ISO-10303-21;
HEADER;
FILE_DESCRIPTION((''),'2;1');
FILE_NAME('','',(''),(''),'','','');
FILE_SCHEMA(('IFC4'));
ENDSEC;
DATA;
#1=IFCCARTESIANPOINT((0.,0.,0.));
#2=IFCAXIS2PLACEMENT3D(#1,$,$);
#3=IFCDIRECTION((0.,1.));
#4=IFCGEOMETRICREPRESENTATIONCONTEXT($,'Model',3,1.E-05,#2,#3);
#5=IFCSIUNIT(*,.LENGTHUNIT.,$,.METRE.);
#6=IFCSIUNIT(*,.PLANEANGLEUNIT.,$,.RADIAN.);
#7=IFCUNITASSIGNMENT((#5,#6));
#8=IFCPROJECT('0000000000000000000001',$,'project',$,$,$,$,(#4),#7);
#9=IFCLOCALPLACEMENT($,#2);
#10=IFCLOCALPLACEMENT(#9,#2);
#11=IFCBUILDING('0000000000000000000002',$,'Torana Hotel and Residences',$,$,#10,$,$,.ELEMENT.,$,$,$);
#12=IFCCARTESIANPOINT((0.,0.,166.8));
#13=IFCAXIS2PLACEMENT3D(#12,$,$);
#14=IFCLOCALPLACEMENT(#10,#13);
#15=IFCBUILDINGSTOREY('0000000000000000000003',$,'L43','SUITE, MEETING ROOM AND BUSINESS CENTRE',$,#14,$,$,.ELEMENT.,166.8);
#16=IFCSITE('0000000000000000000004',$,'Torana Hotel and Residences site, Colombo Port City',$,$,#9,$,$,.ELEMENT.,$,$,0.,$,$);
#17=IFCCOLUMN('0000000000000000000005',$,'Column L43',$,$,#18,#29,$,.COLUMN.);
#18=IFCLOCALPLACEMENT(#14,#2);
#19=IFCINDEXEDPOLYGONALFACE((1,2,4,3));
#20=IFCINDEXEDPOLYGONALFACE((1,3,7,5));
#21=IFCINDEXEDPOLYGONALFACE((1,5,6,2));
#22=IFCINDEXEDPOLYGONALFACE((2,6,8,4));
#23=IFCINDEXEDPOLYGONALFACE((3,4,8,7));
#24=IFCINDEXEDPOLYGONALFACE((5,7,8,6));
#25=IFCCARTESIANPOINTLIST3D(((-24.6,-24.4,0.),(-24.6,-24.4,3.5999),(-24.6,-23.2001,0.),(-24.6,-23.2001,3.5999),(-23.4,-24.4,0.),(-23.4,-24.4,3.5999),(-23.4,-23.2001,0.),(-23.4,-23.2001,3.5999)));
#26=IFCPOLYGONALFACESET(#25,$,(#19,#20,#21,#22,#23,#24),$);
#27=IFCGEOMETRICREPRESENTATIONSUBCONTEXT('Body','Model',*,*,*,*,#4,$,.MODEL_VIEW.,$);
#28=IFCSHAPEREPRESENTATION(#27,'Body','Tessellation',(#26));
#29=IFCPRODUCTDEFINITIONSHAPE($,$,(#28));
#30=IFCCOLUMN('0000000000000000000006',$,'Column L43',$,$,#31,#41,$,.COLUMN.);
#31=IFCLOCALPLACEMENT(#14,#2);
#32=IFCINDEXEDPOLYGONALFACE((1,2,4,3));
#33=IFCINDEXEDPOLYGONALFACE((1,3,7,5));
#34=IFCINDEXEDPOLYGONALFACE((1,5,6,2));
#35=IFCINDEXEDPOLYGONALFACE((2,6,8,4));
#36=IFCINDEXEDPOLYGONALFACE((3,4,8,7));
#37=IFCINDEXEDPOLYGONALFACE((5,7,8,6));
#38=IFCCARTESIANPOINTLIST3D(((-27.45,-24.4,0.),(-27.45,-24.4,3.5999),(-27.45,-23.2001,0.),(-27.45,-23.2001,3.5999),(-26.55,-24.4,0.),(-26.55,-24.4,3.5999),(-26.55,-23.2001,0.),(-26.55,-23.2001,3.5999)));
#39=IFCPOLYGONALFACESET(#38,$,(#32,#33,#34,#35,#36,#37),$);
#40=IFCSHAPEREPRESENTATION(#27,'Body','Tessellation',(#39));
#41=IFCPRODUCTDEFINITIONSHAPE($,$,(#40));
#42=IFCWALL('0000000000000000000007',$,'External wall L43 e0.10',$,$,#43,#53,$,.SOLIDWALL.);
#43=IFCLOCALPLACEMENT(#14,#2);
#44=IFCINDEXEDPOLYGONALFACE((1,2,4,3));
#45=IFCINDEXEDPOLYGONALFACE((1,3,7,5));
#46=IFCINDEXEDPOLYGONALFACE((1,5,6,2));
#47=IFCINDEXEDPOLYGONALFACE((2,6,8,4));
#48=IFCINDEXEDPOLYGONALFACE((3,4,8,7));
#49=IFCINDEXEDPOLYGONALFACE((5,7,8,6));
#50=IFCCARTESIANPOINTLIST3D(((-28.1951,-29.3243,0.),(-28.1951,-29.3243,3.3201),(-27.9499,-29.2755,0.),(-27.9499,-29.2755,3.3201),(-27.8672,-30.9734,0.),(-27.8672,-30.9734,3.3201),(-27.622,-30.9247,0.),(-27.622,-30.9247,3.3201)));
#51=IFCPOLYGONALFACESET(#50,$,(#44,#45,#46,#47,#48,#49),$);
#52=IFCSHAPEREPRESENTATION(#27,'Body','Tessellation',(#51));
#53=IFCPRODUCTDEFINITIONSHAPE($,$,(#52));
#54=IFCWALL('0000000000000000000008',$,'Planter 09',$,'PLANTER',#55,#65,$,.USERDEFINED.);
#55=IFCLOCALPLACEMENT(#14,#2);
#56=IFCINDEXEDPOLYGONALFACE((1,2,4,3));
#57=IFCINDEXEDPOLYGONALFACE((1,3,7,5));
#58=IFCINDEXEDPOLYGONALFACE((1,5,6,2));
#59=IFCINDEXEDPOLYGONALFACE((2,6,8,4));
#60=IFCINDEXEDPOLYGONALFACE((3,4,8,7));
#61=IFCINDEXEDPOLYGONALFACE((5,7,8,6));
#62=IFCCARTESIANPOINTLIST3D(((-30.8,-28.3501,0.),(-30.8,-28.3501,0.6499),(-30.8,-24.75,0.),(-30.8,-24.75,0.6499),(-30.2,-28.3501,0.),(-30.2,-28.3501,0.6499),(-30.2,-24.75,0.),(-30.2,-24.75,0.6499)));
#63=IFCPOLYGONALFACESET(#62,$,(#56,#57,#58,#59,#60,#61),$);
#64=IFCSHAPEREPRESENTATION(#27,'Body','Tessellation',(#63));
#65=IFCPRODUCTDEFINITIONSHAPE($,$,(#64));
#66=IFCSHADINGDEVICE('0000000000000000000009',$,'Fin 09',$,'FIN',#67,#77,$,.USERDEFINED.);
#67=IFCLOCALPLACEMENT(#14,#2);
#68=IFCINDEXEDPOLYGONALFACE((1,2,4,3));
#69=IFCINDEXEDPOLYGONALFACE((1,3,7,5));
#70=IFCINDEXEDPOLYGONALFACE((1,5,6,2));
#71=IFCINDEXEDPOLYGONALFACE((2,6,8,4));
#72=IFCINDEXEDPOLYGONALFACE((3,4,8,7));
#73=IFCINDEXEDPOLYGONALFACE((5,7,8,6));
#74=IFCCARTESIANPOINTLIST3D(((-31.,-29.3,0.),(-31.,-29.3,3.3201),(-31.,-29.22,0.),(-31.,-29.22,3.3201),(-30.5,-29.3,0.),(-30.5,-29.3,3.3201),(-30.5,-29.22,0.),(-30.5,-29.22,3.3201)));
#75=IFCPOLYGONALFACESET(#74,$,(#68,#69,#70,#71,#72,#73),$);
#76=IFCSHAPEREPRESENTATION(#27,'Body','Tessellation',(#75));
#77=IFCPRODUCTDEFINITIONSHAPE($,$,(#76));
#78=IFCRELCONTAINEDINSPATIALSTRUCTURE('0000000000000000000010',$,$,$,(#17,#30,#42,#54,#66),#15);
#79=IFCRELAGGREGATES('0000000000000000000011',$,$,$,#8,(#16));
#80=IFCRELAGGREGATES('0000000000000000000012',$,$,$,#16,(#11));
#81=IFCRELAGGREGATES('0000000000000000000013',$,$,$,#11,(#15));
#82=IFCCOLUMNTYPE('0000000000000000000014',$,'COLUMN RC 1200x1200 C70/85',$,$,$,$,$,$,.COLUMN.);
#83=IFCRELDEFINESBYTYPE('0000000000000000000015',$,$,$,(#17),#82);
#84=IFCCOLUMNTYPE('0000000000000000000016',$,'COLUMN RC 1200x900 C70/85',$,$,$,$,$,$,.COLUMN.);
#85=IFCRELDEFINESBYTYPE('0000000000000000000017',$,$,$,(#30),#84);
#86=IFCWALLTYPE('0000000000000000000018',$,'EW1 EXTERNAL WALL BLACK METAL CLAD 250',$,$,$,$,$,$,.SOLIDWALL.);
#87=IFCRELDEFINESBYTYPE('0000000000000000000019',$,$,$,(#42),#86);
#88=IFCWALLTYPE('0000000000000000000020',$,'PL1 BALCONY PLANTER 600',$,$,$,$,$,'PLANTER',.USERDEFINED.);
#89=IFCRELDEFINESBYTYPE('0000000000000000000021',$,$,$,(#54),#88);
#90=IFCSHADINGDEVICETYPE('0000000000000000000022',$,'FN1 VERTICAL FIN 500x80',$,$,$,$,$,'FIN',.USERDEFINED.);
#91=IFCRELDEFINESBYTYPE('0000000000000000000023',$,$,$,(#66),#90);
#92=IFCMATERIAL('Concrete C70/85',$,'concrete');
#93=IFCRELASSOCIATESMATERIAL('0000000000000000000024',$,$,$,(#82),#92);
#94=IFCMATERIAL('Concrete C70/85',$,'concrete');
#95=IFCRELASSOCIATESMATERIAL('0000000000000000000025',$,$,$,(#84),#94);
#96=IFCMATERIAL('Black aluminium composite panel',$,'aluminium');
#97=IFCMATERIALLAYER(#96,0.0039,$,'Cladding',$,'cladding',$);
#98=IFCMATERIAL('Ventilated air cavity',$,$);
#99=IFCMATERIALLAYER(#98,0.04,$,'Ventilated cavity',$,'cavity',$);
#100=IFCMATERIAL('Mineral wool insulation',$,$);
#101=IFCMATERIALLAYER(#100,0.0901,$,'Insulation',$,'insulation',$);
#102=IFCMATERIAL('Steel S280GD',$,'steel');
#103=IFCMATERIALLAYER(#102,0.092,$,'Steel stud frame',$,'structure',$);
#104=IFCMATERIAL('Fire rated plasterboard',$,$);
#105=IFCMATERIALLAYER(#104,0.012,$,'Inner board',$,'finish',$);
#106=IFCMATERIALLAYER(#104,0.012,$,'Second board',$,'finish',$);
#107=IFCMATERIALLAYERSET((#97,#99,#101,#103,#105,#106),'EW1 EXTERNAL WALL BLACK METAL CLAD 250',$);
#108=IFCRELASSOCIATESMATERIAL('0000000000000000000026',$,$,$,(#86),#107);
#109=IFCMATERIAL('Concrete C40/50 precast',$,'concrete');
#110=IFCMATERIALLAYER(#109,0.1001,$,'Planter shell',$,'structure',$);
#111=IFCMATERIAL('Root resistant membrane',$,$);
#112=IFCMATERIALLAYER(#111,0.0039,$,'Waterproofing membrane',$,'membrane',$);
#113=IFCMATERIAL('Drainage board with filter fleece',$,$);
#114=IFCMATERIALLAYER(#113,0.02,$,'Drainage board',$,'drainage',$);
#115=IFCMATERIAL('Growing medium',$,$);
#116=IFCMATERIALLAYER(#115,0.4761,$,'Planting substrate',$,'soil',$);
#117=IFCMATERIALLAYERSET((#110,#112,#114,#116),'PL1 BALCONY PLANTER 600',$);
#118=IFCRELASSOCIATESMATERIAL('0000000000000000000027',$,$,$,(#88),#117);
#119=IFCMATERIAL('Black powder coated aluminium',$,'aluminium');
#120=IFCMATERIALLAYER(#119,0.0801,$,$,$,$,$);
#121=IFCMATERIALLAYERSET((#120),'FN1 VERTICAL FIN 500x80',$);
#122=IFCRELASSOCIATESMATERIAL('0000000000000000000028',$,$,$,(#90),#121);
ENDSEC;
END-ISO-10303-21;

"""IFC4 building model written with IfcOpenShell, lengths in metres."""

from ifc_helpers import new_model, si_unit, direction, frame, frame_2d, origin, origin_2d, place, context, subcontext, project, spatial, rectangle, extrude, material, layer, layer_set, material_profile, profile_set, type_object, element, save


model = new_model("IFC4")

# Units and contexts
model_context = context("Model", 3, precision=1e-05, world=origin(), true_north=direction((0.0, 1.0)))
body_context = subcontext(model_context, "Body", "Model", "MODEL_VIEW")
ifc_project = project(units=[si_unit("LENGTHUNIT", "METRE"), si_unit("PLANEANGLEUNIT", "RADIAN")], contexts=[model_context])

# Site, building, storey
site_placement = place(None, origin())
site = spatial("IfcSite", under=ifc_project, at=site_placement, Name="Torana Hotel and Residences site, Colombo Port City", CompositionType="ELEMENT", RefElevation=0.0)
building_placement = place(site_placement, origin())
building = spatial("IfcBuilding", under=site, at=building_placement, Name="Torana Hotel and Residences", CompositionType="ELEMENT")
storey_placement = place(building_placement, frame((0.0, 0.0, 166.8)))
storey = spatial("IfcBuildingStorey", under=building, at=storey_placement, Name="L43", Description="SUITE, MEETING ROOM AND BUSINESS CENTRE", CompositionType="ELEMENT", Elevation=166.8)

# Columns
ifc_material_1 = material(Name="Concrete C70/85", Category="concrete")
ifc_material_profile_1 = material_profile(ifc_material_1, rectangle(XDim=1.2, YDim=1.2, at=origin_2d()), Name="RC 1200x1200")
ifc_profile_set_1 = profile_set([ifc_material_profile_1], Name="Concrete C70/85")
column_type_1 = type_object("IfcColumnType", Name="COLUMN RC 1200x1200 C70/85", PredefinedType="COLUMN", material=ifc_profile_set_1)
column_1_placement = place(storey_placement, frame((-24.0, -23.8, 0.0), z_axis=(0.0, 0.0, 1.0), x_axis=(1.0, 0.0, 0.0)))
element("IfcColumn", 1, at=column_1_placement, inside=storey, type_object=column_type_1, Name="Column L43", PredefinedType="COLUMN", context=body_context, shape_type="SweptSolid", body=[
    extrude(rectangle(XDim=1.2, YDim=1.2, at=origin_2d()), origin(), (0.0, 0.0, 1.0), 3.5999),
])
ifc_material_2 = material(Name="Concrete C70/85", Category="concrete")
ifc_material_profile_2 = material_profile(ifc_material_2, rectangle(XDim=1.2, YDim=0.8999, at=origin_2d()), Name="RC 1200x900")
ifc_profile_set_2 = profile_set([ifc_material_profile_2], Name="Concrete C70/85")
column_type_2 = type_object("IfcColumnType", Name="COLUMN RC 1200x900 C70/85", PredefinedType="COLUMN", material=ifc_profile_set_2)
column_2_placement = place(storey_placement, frame((-27.0, -23.8, 0.0), z_axis=(0.0, 0.0, 1.0), x_axis=(0.0, 1.0, 0.0)))
element("IfcColumn", 2, at=column_2_placement, inside=storey, type_object=column_type_2, Name="Column L43", PredefinedType="COLUMN", context=body_context, shape_type="SweptSolid", body=[
    extrude(rectangle(XDim=1.2, YDim=0.8999, at=origin_2d()), origin(), (0.0, 0.0, 1.0), 3.5999),
])

# Walls
ifc_material_3 = material(Name="Black aluminium composite panel", Category="aluminium")
ifc_layer_1 = layer(ifc_material_3, 0.0039, Name="Cladding", Category="cladding")
ifc_material_4 = material(Name="Ventilated air cavity")
ifc_layer_2 = layer(ifc_material_4, 0.04, Name="Ventilated cavity", Category="cavity")
ifc_material_5 = material(Name="Mineral wool insulation")
ifc_layer_3 = layer(ifc_material_5, 0.0901, Name="Insulation", Category="insulation")
ifc_material_6 = material(Name="Steel S280GD", Category="steel")
ifc_layer_4 = layer(ifc_material_6, 0.092, Name="Steel stud frame", Category="structure")
ifc_material_7 = material(Name="Fire rated plasterboard")
ifc_layer_5 = layer(ifc_material_7, 0.012, Name="Inner board", Category="finish")
ifc_layer_6 = layer(ifc_material_7, 0.012, Name="Second board", Category="finish")
ifc_layer_set_1 = layer_set([ifc_layer_1, ifc_layer_2, ifc_layer_3, ifc_layer_4, ifc_layer_5, ifc_layer_6], Name="EW1 EXTERNAL WALL BLACK METAL CLAD 250")
wall_type_1 = type_object("IfcWallType", Name="EW1 EXTERNAL WALL BLACK METAL CLAD 250", PredefinedType="SOLIDWALL", material=ifc_layer_set_1)
wall_1_placement = place(storey_placement, frame((-28.0725, -29.2998, 0.0), z_axis=(0.0, 0.0, 1.0), x_axis=(0.194999, -0.980803, 0.0)))
element("IfcWall", 3, at=wall_1_placement, inside=storey, type_object=wall_type_1, Name="External wall L43 e0.10", PredefinedType="SOLIDWALL", context=body_context, shape_type="SweptSolid", body=[
    extrude(rectangle(XDim=1.6814, YDim=0.25, at=frame_2d((0.8408, 0.0))), origin(), (0.0, 0.0, 1.0), 3.3201),
])
ifc_material_8 = material(Name="Concrete C40/50 precast", Category="concrete")
ifc_layer_7 = layer(ifc_material_8, 0.1001, Name="Planter shell", Category="structure")
ifc_material_9 = material(Name="Root resistant membrane")
ifc_layer_8 = layer(ifc_material_9, 0.0039, Name="Waterproofing membrane", Category="membrane")
ifc_material_10 = material(Name="Drainage board with filter fleece")
ifc_layer_9 = layer(ifc_material_10, 0.02, Name="Drainage board", Category="drainage")
ifc_material_11 = material(Name="Growing medium")
ifc_layer_10 = layer(ifc_material_11, 0.4761, Name="Planting substrate", Category="soil")
ifc_layer_set_2 = layer_set([ifc_layer_7, ifc_layer_8, ifc_layer_9, ifc_layer_10], Name="PL1 BALCONY PLANTER 600")
wall_type_2 = type_object("IfcWallType", Name="PL1 BALCONY PLANTER 600", ElementType="PLANTER", PredefinedType="USERDEFINED", material=ifc_layer_set_2)
wall_2_placement = place(storey_placement, frame((-30.5, -28.3501, 0.0), z_axis=(0.0, 0.0, 1.0), x_axis=(0.0, 1.0, 0.0)))
element("IfcWall", 4, at=wall_2_placement, inside=storey, type_object=wall_type_2, Name="Planter 09", ObjectType="PLANTER", PredefinedType="USERDEFINED", context=body_context, shape_type="SweptSolid", body=[
    extrude(rectangle(XDim=3.6001, YDim=0.6001, at=frame_2d((1.8, 0.0))), origin(), (0.0, 0.0, 1.0), 0.6499),
])

# Shading device
ifc_material_12 = material(Name="Black powder coated aluminium", Category="aluminium")
ifc_layer_11 = layer(ifc_material_12, 0.0801)
ifc_layer_set_3 = layer_set([ifc_layer_11], Name="FN1 VERTICAL FIN 500x80")
shading_device_type = type_object("IfcShadingDeviceType", Name="FN1 VERTICAL FIN 500x80", ElementType="FIN", PredefinedType="USERDEFINED", material=ifc_layer_set_3)
shading_device_placement = place(storey_placement, frame((-30.75, -29.26, 0.0), z_axis=(0.0, 0.0, 1.0), x_axis=(0.0, 1.0, 0.0)))
element("IfcShadingDevice", 5, at=shading_device_placement, inside=storey, type_object=shading_device_type, Name="Fin 09", ObjectType="FIN", PredefinedType="USERDEFINED", context=body_context, shape_type="SweptSolid", body=[
    extrude(rectangle(XDim=0.0801, YDim=0.5, at=origin_2d()), origin(), (0.0, 0.0, 1.0), 3.3201),
])

save(model, "model.ifc")
